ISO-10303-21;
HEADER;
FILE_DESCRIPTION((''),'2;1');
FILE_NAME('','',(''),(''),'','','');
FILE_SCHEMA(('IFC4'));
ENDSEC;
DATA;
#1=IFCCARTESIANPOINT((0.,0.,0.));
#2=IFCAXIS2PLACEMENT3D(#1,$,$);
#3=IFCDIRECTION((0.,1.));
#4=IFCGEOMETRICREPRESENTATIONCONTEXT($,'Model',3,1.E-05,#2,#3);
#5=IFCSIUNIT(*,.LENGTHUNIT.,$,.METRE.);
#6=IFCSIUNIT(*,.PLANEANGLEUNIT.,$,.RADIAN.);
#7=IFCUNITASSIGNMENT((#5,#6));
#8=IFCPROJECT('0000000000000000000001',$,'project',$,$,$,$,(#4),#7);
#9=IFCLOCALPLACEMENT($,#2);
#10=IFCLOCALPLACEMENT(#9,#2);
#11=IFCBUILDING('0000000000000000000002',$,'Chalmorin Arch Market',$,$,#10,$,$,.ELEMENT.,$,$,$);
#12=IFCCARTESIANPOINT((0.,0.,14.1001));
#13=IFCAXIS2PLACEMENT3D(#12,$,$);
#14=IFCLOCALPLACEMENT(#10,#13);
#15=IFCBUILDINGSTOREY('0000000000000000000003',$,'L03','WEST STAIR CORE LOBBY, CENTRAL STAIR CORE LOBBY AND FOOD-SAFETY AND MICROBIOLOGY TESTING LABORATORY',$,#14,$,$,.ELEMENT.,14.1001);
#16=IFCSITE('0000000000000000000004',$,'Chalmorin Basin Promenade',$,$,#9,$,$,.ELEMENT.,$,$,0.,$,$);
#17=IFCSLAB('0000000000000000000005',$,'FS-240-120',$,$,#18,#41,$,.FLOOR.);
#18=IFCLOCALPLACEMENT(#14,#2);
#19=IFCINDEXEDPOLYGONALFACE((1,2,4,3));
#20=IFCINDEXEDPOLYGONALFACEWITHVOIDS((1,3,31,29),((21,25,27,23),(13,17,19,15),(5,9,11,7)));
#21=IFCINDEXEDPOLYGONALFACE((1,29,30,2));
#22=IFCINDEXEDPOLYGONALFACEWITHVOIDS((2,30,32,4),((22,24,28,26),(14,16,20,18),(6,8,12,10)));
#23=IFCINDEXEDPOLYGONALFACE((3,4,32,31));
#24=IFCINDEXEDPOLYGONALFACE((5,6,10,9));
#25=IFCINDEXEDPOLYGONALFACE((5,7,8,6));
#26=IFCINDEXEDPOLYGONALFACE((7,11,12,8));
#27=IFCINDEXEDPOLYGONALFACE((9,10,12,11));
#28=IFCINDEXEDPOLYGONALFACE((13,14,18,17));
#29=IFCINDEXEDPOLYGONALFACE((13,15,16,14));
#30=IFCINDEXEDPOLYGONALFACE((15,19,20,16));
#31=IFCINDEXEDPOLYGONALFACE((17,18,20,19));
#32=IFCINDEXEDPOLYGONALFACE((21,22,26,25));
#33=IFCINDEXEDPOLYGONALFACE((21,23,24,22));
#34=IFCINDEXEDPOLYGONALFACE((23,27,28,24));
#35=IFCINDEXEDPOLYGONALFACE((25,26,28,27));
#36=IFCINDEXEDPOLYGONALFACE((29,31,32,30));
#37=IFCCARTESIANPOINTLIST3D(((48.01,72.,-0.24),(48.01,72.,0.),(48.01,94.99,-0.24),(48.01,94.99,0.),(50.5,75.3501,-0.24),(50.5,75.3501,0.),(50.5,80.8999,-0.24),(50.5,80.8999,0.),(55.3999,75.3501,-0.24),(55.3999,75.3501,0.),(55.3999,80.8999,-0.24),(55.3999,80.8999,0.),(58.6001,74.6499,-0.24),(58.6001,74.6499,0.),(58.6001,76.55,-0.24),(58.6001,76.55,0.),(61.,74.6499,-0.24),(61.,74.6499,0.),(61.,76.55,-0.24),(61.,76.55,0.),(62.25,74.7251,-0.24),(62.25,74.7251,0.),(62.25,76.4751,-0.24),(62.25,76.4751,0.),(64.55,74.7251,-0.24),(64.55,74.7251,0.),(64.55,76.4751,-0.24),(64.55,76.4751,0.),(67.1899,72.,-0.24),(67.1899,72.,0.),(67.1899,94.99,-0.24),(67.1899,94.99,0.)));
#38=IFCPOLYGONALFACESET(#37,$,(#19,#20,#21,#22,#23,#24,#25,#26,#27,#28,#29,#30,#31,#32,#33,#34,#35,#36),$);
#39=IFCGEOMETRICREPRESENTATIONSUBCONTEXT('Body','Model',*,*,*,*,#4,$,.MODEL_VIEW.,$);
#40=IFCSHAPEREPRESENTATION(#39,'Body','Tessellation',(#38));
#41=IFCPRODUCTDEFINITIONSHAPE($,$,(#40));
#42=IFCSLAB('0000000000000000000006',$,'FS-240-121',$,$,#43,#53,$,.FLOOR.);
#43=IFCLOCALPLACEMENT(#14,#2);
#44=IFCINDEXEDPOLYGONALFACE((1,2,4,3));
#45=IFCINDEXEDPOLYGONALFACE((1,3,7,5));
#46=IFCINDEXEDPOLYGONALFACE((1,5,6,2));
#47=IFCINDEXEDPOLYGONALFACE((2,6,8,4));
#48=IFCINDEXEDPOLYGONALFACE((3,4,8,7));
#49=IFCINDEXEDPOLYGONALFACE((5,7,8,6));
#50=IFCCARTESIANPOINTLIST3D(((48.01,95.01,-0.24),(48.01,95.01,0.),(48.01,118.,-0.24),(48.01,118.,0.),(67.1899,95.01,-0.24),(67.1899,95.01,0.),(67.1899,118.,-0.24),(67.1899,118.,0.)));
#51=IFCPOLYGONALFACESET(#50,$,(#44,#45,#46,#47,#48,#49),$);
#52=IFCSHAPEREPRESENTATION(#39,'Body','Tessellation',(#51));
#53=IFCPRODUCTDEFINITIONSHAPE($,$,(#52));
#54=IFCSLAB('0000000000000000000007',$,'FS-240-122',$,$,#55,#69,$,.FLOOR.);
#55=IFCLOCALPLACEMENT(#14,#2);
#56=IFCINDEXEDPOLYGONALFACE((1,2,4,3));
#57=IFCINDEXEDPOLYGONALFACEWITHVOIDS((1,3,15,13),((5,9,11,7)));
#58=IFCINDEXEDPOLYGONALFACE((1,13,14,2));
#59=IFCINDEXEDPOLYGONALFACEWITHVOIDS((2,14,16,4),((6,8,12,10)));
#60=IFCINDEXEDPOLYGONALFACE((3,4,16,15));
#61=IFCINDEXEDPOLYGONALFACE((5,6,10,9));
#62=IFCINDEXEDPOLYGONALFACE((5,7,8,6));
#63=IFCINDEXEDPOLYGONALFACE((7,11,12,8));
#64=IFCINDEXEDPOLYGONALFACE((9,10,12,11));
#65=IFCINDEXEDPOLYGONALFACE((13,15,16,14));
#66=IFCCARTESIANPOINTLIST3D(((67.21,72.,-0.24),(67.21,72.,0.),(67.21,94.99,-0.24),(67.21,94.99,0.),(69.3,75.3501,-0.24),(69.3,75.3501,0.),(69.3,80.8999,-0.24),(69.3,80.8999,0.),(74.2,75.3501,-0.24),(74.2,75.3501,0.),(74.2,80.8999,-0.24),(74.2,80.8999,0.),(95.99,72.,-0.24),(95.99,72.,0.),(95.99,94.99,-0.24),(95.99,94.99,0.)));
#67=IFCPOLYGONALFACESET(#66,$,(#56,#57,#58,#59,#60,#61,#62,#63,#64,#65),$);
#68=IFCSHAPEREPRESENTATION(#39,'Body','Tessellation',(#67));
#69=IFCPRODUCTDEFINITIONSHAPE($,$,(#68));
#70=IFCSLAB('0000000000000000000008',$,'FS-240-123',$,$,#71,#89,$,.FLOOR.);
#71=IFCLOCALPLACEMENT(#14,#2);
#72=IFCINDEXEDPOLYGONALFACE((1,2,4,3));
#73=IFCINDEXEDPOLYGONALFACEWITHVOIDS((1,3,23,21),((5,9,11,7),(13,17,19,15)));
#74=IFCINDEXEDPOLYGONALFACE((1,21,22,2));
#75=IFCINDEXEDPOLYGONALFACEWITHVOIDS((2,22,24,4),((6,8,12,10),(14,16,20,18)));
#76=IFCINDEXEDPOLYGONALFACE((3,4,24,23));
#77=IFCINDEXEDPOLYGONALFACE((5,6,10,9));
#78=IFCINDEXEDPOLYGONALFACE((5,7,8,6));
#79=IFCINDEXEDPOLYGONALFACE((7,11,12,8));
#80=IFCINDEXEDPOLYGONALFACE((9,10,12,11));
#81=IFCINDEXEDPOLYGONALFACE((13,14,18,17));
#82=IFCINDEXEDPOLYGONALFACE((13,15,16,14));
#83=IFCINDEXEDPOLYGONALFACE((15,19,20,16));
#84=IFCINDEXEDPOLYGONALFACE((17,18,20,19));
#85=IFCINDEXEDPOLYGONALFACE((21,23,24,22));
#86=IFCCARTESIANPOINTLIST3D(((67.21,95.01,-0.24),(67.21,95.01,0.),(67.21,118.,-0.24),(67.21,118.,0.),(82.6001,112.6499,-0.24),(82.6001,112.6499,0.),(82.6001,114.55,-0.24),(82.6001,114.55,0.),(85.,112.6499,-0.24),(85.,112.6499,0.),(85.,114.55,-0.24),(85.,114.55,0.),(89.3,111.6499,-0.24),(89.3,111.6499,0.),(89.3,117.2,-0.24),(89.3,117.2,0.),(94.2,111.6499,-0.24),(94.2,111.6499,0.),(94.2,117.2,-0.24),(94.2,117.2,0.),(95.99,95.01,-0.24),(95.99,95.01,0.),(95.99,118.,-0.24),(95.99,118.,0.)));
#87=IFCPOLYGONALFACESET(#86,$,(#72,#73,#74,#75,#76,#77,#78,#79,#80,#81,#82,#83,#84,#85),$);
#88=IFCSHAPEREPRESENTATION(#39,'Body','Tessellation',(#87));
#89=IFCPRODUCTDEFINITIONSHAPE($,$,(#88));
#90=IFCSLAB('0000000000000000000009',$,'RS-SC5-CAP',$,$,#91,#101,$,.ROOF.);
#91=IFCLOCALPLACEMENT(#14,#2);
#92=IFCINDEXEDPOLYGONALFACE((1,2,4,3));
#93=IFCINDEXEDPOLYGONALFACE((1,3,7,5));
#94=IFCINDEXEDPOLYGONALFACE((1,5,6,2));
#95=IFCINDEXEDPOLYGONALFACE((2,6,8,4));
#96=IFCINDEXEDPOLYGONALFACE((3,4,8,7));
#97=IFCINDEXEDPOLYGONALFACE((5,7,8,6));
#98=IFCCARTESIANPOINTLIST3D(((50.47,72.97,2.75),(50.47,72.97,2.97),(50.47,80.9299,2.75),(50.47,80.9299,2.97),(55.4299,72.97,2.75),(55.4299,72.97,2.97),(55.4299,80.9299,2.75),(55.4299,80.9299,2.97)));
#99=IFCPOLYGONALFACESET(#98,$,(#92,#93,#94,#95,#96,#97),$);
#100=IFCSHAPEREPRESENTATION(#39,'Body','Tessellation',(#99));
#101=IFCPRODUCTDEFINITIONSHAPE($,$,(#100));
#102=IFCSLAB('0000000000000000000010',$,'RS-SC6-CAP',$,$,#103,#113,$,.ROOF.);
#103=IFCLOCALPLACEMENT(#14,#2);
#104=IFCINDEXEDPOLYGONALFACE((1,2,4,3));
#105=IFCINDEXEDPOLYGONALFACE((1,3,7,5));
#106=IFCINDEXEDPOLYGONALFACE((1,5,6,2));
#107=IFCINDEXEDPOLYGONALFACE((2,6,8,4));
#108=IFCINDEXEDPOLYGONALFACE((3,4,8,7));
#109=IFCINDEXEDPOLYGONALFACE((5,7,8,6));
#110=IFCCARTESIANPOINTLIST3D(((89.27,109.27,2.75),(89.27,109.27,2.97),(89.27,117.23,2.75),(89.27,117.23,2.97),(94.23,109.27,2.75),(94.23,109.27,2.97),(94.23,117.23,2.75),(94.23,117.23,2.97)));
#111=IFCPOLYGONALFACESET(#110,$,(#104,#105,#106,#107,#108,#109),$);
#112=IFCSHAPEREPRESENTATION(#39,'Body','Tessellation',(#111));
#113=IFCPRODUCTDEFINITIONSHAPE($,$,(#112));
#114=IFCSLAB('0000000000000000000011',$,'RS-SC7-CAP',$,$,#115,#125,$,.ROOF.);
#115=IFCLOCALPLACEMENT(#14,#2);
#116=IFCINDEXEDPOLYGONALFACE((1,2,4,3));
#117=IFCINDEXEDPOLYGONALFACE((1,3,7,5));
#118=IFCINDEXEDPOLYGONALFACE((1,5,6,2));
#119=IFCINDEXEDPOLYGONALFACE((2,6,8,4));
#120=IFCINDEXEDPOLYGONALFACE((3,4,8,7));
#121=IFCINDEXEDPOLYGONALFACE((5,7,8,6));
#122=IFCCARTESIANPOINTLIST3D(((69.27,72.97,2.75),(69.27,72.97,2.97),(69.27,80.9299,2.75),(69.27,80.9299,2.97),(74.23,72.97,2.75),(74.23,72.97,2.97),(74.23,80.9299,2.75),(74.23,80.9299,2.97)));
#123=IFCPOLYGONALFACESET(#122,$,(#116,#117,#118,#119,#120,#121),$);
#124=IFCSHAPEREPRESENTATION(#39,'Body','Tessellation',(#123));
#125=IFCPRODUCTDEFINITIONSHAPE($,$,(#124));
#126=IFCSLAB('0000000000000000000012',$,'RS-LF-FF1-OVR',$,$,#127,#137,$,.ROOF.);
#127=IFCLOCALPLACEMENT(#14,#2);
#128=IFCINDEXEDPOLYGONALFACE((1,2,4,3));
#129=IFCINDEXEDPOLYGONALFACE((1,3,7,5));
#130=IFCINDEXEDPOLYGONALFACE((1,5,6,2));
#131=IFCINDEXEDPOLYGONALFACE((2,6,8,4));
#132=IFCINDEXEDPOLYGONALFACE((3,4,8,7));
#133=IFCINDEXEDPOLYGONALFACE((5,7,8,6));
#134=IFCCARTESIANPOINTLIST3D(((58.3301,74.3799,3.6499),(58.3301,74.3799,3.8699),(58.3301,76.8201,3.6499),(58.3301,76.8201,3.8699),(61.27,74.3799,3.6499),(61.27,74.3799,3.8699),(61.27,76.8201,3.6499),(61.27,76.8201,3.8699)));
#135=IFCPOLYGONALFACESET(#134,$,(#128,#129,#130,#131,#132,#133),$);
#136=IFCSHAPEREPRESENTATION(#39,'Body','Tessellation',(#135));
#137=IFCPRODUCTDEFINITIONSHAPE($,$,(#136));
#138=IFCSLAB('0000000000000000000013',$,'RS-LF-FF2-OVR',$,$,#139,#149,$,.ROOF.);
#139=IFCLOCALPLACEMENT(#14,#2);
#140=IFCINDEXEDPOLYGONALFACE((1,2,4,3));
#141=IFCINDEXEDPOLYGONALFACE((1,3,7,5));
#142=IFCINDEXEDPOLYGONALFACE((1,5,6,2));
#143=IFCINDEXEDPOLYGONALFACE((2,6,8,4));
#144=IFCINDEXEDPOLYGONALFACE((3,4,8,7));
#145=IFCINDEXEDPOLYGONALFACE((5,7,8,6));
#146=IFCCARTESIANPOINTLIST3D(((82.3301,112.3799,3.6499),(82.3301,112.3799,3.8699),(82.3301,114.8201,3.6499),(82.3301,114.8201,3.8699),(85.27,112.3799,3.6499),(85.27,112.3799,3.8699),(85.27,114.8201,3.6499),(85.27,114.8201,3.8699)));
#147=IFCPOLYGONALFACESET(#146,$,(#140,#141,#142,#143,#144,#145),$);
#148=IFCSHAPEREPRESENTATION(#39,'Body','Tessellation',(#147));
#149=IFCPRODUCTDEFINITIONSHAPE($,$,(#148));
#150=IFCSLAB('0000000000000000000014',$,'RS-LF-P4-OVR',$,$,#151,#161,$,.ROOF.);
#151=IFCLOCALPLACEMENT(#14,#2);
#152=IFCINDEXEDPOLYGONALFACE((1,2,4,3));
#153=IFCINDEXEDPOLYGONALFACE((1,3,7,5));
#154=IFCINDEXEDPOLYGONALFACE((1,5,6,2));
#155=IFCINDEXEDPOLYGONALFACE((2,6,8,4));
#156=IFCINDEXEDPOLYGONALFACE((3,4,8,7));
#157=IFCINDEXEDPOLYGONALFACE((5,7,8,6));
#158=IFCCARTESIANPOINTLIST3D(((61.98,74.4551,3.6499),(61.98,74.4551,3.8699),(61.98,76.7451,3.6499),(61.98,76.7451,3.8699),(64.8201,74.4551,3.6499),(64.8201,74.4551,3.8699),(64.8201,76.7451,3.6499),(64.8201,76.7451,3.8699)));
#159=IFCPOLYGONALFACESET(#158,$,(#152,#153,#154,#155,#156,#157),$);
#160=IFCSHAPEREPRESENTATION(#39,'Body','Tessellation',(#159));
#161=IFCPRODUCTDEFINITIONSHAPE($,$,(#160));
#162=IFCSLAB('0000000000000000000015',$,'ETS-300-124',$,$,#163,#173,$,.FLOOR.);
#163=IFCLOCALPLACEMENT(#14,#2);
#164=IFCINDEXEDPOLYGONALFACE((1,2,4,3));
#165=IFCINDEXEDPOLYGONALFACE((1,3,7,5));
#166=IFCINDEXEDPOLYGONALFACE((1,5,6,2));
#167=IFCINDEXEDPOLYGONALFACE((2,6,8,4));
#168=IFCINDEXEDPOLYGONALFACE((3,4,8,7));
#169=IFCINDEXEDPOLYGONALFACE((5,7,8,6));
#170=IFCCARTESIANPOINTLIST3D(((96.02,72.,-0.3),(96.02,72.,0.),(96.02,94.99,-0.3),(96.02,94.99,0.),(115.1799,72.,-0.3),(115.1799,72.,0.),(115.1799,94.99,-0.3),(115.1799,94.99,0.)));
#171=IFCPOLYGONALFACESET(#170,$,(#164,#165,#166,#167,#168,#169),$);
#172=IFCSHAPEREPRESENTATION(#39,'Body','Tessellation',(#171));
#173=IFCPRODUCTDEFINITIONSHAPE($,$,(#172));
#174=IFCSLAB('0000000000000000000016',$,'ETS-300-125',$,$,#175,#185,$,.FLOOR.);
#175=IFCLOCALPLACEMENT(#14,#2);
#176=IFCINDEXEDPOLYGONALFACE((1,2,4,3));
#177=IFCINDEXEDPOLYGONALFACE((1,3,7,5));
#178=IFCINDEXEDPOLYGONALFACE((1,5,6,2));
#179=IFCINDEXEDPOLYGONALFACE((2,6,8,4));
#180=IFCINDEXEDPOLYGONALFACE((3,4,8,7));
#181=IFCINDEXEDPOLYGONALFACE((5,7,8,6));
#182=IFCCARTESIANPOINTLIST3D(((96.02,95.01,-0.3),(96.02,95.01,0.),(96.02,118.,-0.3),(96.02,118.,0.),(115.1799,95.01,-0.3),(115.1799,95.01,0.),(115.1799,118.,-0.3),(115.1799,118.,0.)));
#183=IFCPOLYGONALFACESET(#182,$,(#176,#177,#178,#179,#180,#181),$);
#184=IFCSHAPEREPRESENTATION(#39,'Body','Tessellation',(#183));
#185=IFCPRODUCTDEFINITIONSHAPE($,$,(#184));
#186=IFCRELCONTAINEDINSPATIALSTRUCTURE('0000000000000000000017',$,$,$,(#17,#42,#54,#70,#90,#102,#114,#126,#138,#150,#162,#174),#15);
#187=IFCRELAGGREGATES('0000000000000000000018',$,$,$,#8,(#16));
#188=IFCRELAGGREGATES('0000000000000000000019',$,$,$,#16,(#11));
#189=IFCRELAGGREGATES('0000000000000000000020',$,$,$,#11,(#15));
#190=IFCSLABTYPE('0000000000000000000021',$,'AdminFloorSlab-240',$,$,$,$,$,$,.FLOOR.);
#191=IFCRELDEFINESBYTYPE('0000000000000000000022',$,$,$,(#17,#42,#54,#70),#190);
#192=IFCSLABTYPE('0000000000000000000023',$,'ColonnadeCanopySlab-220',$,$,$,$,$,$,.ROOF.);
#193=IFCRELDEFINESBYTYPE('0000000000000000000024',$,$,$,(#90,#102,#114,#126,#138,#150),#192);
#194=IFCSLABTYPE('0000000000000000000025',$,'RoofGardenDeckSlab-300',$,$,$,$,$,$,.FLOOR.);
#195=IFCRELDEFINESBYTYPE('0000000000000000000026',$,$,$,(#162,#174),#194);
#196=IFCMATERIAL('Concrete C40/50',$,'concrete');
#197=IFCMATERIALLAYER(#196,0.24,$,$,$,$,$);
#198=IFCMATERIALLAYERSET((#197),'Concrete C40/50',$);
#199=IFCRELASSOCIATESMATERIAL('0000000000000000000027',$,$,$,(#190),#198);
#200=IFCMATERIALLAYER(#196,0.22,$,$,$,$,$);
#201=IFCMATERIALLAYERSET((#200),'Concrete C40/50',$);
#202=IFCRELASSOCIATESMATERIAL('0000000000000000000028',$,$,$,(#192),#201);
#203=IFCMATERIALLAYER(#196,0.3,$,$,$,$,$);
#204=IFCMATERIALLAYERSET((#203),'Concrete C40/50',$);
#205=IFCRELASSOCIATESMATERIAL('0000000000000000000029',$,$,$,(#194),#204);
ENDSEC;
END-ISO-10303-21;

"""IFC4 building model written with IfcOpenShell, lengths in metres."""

from ifc_helpers import new_model, si_unit, direction, frame, origin, place, context, subcontext, project, spatial, polyline, outline, extrude, material, layer, layer_set, type_object, element, save


model = new_model("IFC4")

# Units and contexts
model_context = context("Model", 3, precision=1e-05, world=origin(), true_north=direction((0.0, 1.0)))
body_context = subcontext(model_context, "Body", "Model", "MODEL_VIEW")
ifc_project = project(units=[si_unit("LENGTHUNIT", "METRE"), si_unit("PLANEANGLEUNIT", "RADIAN")], contexts=[model_context])

# Site, building, storey
site_placement = place(None, origin())
site = spatial("IfcSite", under=ifc_project, at=site_placement, Name="Chalmorin Basin Promenade", CompositionType="ELEMENT", RefElevation=0.0)
building_placement = place(site_placement, origin())
building = spatial("IfcBuilding", under=site, at=building_placement, Name="Chalmorin Arch Market", CompositionType="ELEMENT")
storey_placement = place(building_placement, frame((0.0, 0.0, 14.1001)))
storey = spatial("IfcBuildingStorey", under=building, at=storey_placement, Name="L03", Description="WEST STAIR CORE LOBBY, CENTRAL STAIR CORE LOBBY AND FOOD-SAFETY AND MICROBIOLOGY TESTING LABORATORY", CompositionType="ELEMENT", Elevation=14.1001)

# Slabs
ifc_material_1 = material(Name="Concrete C40/50", Category="concrete")
ifc_layer_1 = layer(ifc_material_1, 0.24)
ifc_layer_set_1 = layer_set([ifc_layer_1], Name="Concrete C40/50")
slab_type_1 = type_object("IfcSlabType", Name="AdminFloorSlab-240", PredefinedType="FLOOR", material=ifc_layer_set_1)
slab_1_placement = place(storey_placement, frame((0.0, 0.0, -0.24)))
element("IfcSlab", 1, at=slab_1_placement, inside=storey, type_object=slab_type_1, Name="FS-240-120", PredefinedType="FLOOR", context=body_context, shape_type="SweptSolid", body=[
    extrude(outline(polyline([(48.01, 72.0), (67.1899, 72.0), (67.1899, 94.99), (48.01, 94.99), (48.01, 72.0)]), holes=[polyline([(50.5, 75.3501), (55.3999, 75.3501), (55.3999, 80.8999), (50.5, 80.8999), (50.5, 75.3501)]), polyline([(58.6001, 74.6499), (61.0, 74.6499), (61.0, 76.55), (58.6001, 76.55), (58.6001, 74.6499)]), polyline([(62.25, 74.7251), (64.55, 74.7251), (64.55, 76.4751), (62.25, 76.4751), (62.25, 74.7251)])]), origin(), (0.0, 0.0, 1.0), 0.24),
])
slab_2_placement = place(storey_placement, frame((0.0, 0.0, -0.24)))
element("IfcSlab", 2, at=slab_2_placement, inside=storey, type_object=slab_type_1, Name="FS-240-121", PredefinedType="FLOOR", context=body_context, shape_type="SweptSolid", body=[
    extrude(outline(polyline([(48.01, 95.01), (67.1899, 95.01), (67.1899, 118.0), (48.01, 118.0), (48.01, 95.01)])), origin(), (0.0, 0.0, 1.0), 0.24),
])
slab_3_placement = place(storey_placement, frame((0.0, 0.0, -0.24)))
element("IfcSlab", 3, at=slab_3_placement, inside=storey, type_object=slab_type_1, Name="FS-240-122", PredefinedType="FLOOR", context=body_context, shape_type="SweptSolid", body=[
    extrude(outline(polyline([(67.21, 72.0), (95.99, 72.0), (95.99, 94.99), (67.21, 94.99), (67.21, 72.0)]), holes=[polyline([(69.3, 75.3501), (74.2, 75.3501), (74.2, 80.8999), (69.3, 80.8999), (69.3, 75.3501)])]), origin(), (0.0, 0.0, 1.0), 0.24),
])
slab_4_placement = place(storey_placement, frame((0.0, 0.0, -0.24)))
element("IfcSlab", 4, at=slab_4_placement, inside=storey, type_object=slab_type_1, Name="FS-240-123", PredefinedType="FLOOR", context=body_context, shape_type="SweptSolid", body=[
    extrude(outline(polyline([(67.21, 95.01), (95.99, 95.01), (95.99, 118.0), (67.21, 118.0), (67.21, 95.01)]), holes=[polyline([(89.3, 111.6499), (94.2, 111.6499), (94.2, 117.2), (89.3, 117.2), (89.3, 111.6499)]), polyline([(82.6001, 112.6499), (85.0, 112.6499), (85.0, 114.55), (82.6001, 114.55), (82.6001, 112.6499)])]), origin(), (0.0, 0.0, 1.0), 0.24),
])
ifc_layer_2 = layer(ifc_material_1, 0.22)
ifc_layer_set_2 = layer_set([ifc_layer_2], Name="Concrete C40/50")
slab_type_2 = type_object("IfcSlabType", Name="ColonnadeCanopySlab-220", PredefinedType="ROOF", material=ifc_layer_set_2)
slab_5_placement = place(storey_placement, frame((0.0, 0.0, 2.75)))
element("IfcSlab", 5, at=slab_5_placement, inside=storey, type_object=slab_type_2, Name="RS-SC5-CAP", PredefinedType="ROOF", context=body_context, shape_type="SweptSolid", body=[
    extrude(outline(polyline([(50.47, 72.97), (55.4299, 72.97), (55.4299, 80.9299), (50.47, 80.9299), (50.47, 72.97)])), origin(), (0.0, 0.0, 1.0), 0.22),
])
slab_6_placement = place(storey_placement, frame((0.0, 0.0, 2.75)))
element("IfcSlab", 6, at=slab_6_placement, inside=storey, type_object=slab_type_2, Name="RS-SC6-CAP", PredefinedType="ROOF", context=body_context, shape_type="SweptSolid", body=[
    extrude(outline(polyline([(89.27, 109.27), (94.23, 109.27), (94.23, 117.23), (89.27, 117.23), (89.27, 109.27)])), origin(), (0.0, 0.0, 1.0), 0.22),
])
slab_7_placement = place(storey_placement, frame((0.0, 0.0, 2.75)))
element("IfcSlab", 7, at=slab_7_placement, inside=storey, type_object=slab_type_2, Name="RS-SC7-CAP", PredefinedType="ROOF", context=body_context, shape_type="SweptSolid", body=[
    extrude(outline(polyline([(69.27, 72.97), (74.23, 72.97), (74.23, 80.9299), (69.27, 80.9299), (69.27, 72.97)])), origin(), (0.0, 0.0, 1.0), 0.22),
])
slab_8_placement = place(storey_placement, frame((0.0, 0.0, 3.6499)))
element("IfcSlab", 8, at=slab_8_placement, inside=storey, type_object=slab_type_2, Name="RS-LF-FF1-OVR", PredefinedType="ROOF", context=body_context, shape_type="SweptSolid", body=[
    extrude(outline(polyline([(58.3301, 74.3799), (61.27, 74.3799), (61.27, 76.8201), (58.3301, 76.8201), (58.3301, 74.3799)])), origin(), (0.0, 0.0, 1.0), 0.22),
])
slab_9_placement = place(storey_placement, frame((0.0, 0.0, 3.6499)))
element("IfcSlab", 9, at=slab_9_placement, inside=storey, type_object=slab_type_2, Name="RS-LF-FF2-OVR", PredefinedType="ROOF", context=body_context, shape_type="SweptSolid", body=[
    extrude(outline(polyline([(82.3301, 112.3799), (85.27, 112.3799), (85.27, 114.8201), (82.3301, 114.8201), (82.3301, 112.3799)])), origin(), (0.0, 0.0, 1.0), 0.22),
])
slab_10_placement = place(storey_placement, frame((0.0, 0.0, 3.6499)))
element("IfcSlab", 10, at=slab_10_placement, inside=storey, type_object=slab_type_2, Name="RS-LF-P4-OVR", PredefinedType="ROOF", context=body_context, shape_type="SweptSolid", body=[
    extrude(outline(polyline([(61.98, 74.4551), (64.8201, 74.4551), (64.8201, 76.7451), (61.98, 76.7451), (61.98, 74.4551)])), origin(), (0.0, 0.0, 1.0), 0.22),
])
ifc_layer_3 = layer(ifc_material_1, 0.3)
ifc_layer_set_3 = layer_set([ifc_layer_3], Name="Concrete C40/50")
slab_type_3 = type_object("IfcSlabType", Name="RoofGardenDeckSlab-300", PredefinedType="FLOOR", material=ifc_layer_set_3)
slab_11_placement = place(storey_placement, frame((0.0, 0.0, -0.3)))
element("IfcSlab", 11, at=slab_11_placement, inside=storey, type_object=slab_type_3, Name="ETS-300-124", PredefinedType="FLOOR", context=body_context, shape_type="SweptSolid", body=[
    extrude(outline(polyline([(96.02, 72.0), (115.1799, 72.0), (115.1799, 94.99), (96.02, 94.99), (96.02, 72.0)])), origin(), (0.0, 0.0, 1.0), 0.3),
])
slab_12_placement = place(storey_placement, frame((0.0, 0.0, -0.3)))
element("IfcSlab", 12, at=slab_12_placement, inside=storey, type_object=slab_type_3, Name="ETS-300-125", PredefinedType="FLOOR", context=body_context, shape_type="SweptSolid", body=[
    extrude(outline(polyline([(96.02, 95.01), (115.1799, 95.01), (115.1799, 118.0), (96.02, 118.0), (96.02, 95.01)])), origin(), (0.0, 0.0, 1.0), 0.3),
])

save(model, "model.ifc")
